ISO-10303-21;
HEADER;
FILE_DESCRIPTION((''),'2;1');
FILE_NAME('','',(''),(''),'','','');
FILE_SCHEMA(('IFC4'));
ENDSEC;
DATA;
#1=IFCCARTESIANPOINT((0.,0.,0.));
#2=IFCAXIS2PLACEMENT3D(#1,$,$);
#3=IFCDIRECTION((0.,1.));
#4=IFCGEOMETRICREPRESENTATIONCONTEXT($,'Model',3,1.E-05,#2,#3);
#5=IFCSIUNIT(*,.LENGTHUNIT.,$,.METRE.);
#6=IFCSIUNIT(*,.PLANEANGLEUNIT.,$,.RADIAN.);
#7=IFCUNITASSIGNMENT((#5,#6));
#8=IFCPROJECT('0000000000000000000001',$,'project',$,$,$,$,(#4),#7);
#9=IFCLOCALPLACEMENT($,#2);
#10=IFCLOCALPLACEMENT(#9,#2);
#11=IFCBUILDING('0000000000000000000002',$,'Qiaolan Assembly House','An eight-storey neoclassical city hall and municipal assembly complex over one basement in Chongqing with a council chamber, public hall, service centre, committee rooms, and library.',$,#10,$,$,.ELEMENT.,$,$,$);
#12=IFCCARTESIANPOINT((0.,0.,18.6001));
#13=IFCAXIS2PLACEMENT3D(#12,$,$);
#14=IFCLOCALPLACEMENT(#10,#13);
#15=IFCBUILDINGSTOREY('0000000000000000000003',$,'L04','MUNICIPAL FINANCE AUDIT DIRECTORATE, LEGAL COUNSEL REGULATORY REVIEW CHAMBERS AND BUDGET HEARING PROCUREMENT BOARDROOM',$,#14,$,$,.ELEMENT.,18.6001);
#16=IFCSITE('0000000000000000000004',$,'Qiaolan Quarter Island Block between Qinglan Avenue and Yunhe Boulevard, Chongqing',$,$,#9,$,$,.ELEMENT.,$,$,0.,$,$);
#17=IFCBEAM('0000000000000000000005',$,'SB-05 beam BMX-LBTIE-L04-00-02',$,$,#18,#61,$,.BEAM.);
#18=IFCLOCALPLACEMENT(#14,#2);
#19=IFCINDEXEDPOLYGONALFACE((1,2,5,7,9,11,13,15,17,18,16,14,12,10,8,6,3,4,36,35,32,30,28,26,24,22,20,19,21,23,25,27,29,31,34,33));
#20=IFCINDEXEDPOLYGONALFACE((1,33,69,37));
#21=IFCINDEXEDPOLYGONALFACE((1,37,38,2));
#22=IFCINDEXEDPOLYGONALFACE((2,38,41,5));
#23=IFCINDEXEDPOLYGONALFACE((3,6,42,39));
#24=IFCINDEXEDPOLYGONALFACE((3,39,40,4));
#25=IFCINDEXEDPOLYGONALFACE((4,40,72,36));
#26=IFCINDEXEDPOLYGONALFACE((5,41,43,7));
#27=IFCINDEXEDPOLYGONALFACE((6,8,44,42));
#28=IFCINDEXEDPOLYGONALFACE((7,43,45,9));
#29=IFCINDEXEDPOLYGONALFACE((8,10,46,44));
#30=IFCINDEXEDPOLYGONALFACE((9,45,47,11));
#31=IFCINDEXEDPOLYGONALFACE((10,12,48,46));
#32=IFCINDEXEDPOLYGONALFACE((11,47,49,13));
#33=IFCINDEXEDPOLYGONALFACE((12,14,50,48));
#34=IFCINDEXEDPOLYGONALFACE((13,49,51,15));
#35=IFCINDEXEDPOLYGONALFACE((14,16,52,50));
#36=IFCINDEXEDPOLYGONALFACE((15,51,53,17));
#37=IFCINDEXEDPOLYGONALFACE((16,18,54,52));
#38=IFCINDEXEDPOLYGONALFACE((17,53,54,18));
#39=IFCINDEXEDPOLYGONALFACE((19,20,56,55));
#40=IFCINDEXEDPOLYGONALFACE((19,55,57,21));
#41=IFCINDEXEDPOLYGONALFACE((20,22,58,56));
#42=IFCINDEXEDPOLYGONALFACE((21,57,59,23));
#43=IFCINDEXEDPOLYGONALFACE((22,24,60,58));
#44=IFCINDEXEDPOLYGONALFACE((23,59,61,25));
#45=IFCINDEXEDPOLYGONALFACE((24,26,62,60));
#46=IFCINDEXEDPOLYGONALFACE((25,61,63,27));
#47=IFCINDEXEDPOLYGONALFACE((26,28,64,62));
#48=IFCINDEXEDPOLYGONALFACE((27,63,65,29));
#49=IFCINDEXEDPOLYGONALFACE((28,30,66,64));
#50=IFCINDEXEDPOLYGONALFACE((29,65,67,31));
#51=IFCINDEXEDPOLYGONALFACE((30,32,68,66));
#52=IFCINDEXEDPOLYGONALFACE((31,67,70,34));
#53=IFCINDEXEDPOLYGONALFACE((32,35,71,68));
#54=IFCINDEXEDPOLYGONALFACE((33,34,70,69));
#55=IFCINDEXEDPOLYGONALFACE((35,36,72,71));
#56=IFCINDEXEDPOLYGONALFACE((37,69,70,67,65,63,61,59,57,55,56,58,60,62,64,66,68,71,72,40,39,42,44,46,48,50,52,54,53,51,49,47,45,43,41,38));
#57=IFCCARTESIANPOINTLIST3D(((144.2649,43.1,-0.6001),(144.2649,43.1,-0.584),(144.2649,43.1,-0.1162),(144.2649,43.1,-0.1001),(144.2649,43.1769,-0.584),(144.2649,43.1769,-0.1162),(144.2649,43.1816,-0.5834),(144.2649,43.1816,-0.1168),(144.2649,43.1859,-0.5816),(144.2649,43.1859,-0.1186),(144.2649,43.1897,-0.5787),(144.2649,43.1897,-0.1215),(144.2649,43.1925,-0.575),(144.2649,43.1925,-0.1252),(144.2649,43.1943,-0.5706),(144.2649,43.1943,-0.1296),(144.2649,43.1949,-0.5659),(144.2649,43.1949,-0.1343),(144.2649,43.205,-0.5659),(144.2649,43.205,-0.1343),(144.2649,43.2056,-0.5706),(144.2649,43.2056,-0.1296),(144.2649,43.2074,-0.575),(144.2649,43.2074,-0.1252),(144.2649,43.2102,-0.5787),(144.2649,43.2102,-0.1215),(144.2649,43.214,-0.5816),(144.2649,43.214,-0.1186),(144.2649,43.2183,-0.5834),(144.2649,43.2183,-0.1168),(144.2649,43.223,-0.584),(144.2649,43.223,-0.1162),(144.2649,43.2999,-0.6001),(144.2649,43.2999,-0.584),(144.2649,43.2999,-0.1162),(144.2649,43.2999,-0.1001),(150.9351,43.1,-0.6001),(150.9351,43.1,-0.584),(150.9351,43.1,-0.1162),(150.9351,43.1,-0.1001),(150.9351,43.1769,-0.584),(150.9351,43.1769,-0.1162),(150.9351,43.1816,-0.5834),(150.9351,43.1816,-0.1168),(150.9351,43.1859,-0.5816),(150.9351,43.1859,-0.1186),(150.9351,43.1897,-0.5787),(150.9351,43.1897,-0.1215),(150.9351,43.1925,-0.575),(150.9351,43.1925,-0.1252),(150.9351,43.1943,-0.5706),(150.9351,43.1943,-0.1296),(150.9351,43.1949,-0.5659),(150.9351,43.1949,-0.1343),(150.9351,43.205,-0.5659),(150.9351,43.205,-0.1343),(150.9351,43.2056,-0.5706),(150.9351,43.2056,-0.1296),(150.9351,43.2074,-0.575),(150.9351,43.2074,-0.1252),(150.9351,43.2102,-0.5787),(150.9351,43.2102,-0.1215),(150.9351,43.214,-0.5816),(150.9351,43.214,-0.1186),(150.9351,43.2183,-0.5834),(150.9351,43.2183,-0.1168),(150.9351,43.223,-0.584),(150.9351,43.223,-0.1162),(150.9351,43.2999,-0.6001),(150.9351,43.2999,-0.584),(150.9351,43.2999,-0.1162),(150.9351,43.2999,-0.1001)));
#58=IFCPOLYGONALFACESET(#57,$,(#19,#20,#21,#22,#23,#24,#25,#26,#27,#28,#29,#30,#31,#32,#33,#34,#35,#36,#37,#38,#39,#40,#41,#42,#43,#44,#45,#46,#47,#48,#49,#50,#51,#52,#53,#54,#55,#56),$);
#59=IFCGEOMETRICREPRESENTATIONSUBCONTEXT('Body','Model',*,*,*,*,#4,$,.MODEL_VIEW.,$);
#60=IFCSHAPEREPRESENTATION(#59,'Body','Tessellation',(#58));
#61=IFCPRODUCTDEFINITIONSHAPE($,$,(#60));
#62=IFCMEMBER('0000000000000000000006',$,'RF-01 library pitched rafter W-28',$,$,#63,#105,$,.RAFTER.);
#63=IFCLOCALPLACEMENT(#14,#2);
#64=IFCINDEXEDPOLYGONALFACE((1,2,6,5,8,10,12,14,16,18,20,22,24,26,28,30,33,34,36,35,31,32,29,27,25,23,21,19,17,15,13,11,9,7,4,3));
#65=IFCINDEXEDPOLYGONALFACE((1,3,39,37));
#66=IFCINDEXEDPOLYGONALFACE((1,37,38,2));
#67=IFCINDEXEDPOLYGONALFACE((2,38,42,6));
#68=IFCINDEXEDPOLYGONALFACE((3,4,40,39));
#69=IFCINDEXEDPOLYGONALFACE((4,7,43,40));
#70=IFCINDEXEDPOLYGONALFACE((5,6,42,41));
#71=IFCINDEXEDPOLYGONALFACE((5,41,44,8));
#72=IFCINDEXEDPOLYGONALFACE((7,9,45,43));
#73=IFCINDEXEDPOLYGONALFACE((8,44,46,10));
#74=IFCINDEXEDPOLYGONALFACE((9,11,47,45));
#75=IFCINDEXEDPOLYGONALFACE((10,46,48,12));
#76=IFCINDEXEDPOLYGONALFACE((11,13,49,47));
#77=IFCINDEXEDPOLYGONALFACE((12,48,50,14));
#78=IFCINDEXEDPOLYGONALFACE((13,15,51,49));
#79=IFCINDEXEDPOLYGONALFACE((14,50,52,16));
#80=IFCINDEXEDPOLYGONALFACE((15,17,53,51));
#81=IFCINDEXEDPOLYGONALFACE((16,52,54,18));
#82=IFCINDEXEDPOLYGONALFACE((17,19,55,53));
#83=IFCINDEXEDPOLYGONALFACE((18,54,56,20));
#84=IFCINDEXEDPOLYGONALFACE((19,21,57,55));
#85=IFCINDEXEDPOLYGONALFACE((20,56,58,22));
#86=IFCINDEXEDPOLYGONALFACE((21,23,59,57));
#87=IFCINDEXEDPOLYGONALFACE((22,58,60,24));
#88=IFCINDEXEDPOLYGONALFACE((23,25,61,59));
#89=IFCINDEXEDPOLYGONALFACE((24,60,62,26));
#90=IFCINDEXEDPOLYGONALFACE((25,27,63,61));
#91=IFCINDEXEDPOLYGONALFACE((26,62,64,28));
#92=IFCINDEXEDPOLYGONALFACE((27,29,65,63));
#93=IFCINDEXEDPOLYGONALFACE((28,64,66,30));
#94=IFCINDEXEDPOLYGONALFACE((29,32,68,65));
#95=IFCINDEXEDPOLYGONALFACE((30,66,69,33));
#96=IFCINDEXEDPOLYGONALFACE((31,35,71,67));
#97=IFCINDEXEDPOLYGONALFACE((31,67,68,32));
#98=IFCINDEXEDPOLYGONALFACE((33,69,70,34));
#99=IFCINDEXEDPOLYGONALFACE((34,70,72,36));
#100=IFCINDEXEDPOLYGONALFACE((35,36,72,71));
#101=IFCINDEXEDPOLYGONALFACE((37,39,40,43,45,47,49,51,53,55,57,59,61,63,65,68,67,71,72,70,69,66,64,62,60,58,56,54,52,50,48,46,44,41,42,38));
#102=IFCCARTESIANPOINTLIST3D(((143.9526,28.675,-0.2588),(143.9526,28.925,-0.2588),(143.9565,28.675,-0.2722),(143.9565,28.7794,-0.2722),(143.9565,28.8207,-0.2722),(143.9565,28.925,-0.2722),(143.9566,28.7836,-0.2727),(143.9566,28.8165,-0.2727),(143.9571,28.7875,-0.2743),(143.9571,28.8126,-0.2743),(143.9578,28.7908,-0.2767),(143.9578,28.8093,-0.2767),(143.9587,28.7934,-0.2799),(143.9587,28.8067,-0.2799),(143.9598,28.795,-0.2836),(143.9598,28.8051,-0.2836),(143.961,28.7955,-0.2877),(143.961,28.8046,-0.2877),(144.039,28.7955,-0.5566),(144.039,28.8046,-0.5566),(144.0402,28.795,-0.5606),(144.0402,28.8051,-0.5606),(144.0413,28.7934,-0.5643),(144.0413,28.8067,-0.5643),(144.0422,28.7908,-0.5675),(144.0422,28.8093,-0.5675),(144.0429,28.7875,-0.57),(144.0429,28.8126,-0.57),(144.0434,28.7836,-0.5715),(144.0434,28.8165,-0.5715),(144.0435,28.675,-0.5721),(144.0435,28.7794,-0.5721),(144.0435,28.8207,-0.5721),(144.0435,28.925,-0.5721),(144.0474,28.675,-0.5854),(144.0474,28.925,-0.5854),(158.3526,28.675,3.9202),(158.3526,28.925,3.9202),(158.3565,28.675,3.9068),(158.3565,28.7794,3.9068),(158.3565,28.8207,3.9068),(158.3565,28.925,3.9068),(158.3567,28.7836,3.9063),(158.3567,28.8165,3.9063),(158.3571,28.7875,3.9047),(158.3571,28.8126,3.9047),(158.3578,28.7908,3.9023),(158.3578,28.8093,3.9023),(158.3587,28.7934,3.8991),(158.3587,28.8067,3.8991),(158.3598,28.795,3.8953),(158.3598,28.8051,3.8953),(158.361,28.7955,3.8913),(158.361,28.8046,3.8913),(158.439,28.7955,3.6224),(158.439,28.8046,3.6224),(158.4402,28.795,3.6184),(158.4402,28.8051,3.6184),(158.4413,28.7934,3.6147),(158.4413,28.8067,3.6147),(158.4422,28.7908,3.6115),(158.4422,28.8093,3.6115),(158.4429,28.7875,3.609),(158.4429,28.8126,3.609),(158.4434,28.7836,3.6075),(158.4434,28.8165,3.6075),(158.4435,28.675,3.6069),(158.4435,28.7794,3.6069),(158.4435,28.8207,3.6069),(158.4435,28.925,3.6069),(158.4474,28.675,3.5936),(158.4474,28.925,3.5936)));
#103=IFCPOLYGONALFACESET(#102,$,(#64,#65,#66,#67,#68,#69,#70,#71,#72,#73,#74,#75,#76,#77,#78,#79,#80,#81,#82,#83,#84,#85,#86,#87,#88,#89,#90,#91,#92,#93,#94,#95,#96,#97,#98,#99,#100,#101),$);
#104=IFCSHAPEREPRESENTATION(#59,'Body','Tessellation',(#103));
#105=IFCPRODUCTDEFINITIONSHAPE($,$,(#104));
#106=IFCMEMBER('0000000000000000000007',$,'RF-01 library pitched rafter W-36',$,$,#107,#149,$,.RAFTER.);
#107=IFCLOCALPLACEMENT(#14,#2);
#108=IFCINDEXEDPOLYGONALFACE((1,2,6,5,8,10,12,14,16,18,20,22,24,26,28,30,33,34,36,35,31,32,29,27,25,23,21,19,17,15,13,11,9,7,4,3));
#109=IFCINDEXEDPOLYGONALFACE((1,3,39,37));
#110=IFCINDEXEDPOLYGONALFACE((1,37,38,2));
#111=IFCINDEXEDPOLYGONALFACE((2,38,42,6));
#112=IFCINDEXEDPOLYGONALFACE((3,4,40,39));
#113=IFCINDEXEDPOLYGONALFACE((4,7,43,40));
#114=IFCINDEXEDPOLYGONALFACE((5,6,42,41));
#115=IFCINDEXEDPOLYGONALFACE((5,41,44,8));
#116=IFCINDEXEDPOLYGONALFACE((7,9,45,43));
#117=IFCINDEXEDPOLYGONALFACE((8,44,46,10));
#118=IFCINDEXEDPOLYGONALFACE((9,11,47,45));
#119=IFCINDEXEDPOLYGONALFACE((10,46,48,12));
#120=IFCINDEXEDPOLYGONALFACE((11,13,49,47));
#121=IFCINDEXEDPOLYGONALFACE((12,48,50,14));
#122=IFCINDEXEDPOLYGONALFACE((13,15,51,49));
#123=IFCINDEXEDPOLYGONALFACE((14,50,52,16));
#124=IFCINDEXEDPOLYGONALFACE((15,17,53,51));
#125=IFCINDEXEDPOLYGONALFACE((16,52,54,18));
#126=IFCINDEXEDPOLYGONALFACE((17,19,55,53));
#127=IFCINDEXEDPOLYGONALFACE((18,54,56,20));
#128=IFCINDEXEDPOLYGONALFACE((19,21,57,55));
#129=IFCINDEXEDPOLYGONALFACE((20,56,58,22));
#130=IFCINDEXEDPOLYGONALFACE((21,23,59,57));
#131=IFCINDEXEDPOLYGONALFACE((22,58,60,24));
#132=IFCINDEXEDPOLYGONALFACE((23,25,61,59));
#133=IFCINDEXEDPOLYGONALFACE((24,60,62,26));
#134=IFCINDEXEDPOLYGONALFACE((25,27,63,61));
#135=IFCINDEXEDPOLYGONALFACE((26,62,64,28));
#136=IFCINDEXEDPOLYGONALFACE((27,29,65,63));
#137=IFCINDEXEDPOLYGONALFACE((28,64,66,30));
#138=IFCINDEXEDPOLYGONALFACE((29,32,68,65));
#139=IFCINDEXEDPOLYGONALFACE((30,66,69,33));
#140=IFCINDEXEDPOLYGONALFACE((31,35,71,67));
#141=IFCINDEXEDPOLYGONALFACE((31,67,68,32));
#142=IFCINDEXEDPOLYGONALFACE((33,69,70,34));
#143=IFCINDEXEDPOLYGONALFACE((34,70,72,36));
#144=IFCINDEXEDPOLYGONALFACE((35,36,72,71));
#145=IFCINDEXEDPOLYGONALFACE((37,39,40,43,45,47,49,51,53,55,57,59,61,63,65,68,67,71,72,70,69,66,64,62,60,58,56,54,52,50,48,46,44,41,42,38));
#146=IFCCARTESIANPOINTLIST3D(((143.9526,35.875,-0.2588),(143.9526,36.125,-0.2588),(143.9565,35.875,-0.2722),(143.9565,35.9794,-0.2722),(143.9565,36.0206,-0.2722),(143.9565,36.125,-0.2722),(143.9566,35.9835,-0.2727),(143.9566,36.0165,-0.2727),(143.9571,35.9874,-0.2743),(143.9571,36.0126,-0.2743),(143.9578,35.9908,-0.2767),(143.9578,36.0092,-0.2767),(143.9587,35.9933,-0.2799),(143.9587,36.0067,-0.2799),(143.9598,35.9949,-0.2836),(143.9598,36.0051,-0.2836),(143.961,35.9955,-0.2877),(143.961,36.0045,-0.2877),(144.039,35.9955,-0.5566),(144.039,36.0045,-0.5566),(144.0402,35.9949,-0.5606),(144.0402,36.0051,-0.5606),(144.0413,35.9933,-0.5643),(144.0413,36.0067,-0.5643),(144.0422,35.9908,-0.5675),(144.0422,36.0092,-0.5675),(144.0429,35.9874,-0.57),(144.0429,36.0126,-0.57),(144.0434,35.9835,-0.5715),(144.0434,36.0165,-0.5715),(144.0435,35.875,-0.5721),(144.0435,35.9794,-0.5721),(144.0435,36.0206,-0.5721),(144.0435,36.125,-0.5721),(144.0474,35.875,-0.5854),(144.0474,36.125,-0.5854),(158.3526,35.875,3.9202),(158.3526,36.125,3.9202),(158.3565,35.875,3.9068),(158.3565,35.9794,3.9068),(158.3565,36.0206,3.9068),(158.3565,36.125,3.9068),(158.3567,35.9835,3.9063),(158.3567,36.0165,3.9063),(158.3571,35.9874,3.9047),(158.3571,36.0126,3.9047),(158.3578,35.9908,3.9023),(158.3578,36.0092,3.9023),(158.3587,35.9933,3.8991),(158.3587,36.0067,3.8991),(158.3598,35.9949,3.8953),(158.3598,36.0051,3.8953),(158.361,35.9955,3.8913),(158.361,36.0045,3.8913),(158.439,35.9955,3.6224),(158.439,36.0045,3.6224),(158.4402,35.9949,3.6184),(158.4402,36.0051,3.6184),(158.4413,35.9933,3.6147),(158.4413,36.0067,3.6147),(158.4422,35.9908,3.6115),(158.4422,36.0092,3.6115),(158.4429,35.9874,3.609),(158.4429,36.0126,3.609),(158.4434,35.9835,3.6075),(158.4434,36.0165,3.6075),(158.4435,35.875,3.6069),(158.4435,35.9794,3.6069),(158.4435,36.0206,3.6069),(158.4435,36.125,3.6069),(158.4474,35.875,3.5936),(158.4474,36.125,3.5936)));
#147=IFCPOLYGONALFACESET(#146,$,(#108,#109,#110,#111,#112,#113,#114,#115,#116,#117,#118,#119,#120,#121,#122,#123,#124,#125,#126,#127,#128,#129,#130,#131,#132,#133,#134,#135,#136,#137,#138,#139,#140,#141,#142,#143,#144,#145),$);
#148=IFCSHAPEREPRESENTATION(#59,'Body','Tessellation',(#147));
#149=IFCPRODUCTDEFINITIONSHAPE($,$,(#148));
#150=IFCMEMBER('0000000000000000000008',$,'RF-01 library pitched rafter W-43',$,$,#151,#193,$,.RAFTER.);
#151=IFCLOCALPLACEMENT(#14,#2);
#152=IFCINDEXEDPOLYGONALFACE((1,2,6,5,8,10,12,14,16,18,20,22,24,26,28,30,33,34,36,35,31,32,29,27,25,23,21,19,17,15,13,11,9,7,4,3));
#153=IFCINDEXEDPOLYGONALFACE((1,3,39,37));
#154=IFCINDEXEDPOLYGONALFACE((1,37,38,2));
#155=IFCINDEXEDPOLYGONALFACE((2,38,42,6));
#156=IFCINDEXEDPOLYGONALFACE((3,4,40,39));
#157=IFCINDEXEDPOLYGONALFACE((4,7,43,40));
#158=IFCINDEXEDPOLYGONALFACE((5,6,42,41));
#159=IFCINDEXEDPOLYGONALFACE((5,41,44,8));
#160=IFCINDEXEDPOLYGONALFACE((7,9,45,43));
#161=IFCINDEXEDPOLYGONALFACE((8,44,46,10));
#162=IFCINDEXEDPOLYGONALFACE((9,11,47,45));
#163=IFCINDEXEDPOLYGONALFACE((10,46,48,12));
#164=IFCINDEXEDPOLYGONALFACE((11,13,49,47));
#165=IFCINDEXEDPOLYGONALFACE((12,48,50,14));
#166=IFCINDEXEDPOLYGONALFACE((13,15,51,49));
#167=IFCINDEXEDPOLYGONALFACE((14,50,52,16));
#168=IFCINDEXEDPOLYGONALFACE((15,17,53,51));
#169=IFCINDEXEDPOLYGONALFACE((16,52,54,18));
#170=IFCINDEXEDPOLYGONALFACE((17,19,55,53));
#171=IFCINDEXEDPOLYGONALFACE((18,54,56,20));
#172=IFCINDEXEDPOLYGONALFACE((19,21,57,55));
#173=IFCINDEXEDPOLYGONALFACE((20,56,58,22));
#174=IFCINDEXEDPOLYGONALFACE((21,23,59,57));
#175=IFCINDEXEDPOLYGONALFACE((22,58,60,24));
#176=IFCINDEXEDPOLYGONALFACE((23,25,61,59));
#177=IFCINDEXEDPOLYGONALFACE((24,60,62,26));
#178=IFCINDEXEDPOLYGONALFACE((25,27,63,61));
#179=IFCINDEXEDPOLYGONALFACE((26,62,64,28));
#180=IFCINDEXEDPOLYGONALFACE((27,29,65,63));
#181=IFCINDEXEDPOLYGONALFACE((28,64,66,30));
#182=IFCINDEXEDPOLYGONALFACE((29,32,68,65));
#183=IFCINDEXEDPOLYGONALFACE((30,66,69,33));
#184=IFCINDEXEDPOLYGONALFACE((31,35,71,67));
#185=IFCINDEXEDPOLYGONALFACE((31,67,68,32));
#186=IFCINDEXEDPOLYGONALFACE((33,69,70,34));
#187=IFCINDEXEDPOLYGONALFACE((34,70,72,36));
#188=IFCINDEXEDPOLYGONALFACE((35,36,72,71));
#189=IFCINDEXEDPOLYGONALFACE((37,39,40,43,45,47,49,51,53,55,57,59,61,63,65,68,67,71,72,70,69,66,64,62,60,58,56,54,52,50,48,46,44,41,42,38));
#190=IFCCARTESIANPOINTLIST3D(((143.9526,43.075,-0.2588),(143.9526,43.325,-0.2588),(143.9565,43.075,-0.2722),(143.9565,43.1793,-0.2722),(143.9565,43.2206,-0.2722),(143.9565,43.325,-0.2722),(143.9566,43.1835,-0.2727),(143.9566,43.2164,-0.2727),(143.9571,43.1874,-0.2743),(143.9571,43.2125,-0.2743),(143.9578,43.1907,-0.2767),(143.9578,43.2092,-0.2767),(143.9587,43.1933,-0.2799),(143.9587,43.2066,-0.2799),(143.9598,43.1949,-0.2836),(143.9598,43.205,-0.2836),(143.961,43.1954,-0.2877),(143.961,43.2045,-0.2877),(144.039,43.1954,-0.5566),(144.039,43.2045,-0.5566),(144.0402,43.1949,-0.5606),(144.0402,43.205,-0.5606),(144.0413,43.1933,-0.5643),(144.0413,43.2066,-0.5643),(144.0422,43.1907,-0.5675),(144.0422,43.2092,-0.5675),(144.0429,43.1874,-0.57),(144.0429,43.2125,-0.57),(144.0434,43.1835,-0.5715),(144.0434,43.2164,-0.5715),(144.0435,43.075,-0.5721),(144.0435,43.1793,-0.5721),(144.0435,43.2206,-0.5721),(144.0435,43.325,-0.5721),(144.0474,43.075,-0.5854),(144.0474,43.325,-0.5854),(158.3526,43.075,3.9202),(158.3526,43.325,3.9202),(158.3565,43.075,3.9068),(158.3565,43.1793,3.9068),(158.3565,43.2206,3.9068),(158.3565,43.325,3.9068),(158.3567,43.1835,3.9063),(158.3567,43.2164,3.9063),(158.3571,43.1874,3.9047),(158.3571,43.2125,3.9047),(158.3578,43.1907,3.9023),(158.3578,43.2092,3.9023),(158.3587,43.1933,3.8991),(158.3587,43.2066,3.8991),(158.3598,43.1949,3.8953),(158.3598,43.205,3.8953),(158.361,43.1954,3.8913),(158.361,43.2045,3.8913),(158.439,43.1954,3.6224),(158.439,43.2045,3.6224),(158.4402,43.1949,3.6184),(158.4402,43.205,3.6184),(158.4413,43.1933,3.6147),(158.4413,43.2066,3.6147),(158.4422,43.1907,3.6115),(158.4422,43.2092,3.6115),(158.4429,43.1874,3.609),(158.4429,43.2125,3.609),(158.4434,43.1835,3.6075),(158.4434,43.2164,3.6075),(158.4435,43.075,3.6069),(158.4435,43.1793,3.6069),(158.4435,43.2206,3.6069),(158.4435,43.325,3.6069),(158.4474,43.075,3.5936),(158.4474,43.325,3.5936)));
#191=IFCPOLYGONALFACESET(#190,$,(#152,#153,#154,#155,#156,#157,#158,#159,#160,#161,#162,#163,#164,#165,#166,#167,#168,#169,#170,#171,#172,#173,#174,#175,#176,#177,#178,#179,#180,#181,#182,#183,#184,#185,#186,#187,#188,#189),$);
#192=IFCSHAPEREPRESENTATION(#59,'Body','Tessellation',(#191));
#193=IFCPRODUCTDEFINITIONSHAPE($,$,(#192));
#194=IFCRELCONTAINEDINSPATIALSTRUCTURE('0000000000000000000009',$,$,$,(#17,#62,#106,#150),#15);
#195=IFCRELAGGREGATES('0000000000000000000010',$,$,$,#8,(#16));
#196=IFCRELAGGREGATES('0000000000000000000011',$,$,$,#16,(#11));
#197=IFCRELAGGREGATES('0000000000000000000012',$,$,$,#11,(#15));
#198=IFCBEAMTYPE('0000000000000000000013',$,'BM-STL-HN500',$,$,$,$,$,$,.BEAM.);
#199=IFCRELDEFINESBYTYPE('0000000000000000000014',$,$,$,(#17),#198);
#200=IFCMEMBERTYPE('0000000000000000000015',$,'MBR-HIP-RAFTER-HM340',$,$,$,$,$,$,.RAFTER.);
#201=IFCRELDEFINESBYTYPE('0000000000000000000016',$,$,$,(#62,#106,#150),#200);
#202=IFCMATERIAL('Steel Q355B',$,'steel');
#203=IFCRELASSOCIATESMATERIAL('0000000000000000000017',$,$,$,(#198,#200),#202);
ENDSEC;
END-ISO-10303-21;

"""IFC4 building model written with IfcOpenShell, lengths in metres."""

from ifc_helpers import new_model, si_unit, direction, frame, origin, origin_2d, place, context, subcontext, project, spatial, i_section, extrude, material, material_profile, profile_set, type_object, element, save


model = new_model("IFC4")

# Units and contexts
model_context = context("Model", 3, precision=1e-05, world=origin(), true_north=direction((0.0, 1.0)))
body_context = subcontext(model_context, "Body", "Model", "MODEL_VIEW")
ifc_project = project(units=[si_unit("LENGTHUNIT", "METRE"), si_unit("PLANEANGLEUNIT", "RADIAN")], contexts=[model_context])

# Site, building, storey
site_placement = place(None, origin())
site = spatial("IfcSite", under=ifc_project, at=site_placement, Name="Qiaolan Quarter Island Block between Qinglan Avenue and Yunhe Boulevard, Chongqing", CompositionType="ELEMENT", RefElevation=0.0)
building_placement = place(site_placement, origin())
building = spatial("IfcBuilding", under=site, at=building_placement, Name="Qiaolan Assembly House", Description="An eight-storey neoclassical city hall and municipal assembly complex over one basement in Chongqing with a council chamber, public hall, service centre, committee rooms, and library.", CompositionType="ELEMENT")
storey_placement = place(building_placement, frame((0.0, 0.0, 18.6001)))
storey = spatial("IfcBuildingStorey", under=building, at=storey_placement, Name="L04", Description="MUNICIPAL FINANCE AUDIT DIRECTORATE, LEGAL COUNSEL REGULATORY REVIEW CHAMBERS AND BUDGET HEARING PROCUREMENT BOARDROOM", CompositionType="ELEMENT", Elevation=18.6001)

# Beam
ifc_material_1 = material(Name="Steel Q355B", Category="steel")
ifc_material_profile_1 = material_profile(ifc_material_1, i_section(OverallWidth=0.2, OverallDepth=0.5, WebThickness=0.01, FlangeThickness=0.0161, FilletRadius=0.0181, at=origin_2d()), Name="HN 500x200x10x16")
ifc_profile_set_1 = profile_set([ifc_material_profile_1], Name="Steel Q355B")
beam_type_1 = type_object("IfcBeamType", Name="BM-STL-HN500", PredefinedType="BEAM", material=ifc_profile_set_1)
for number, where, z_axis, x_axis, name in (
    (1, (144.2649, 43.2, -0.3501), (1.0, 0.0, 0.0), (0.0, 1.0, 0.0), "SB-05 beam BMX-LBTIE-L04-00-02"),
):
    element("IfcBeam", number, at=place(storey_placement, frame(where, z_axis=z_axis, x_axis=x_axis)), inside=storey, type_object=beam_type_1, Name=name, PredefinedType="BEAM", context=body_context, shape_type="SweptSolid", body=[
        extrude(i_section(OverallWidth=0.2, OverallDepth=0.5, WebThickness=0.01, FlangeThickness=0.0161, FilletRadius=0.0181, at=origin_2d()), origin(), (0.0, 0.0, 1.0), 6.6702),
    ])

# Members
ifc_material_profile_2 = material_profile(ifc_material_1, i_section(OverallWidth=0.25, OverallDepth=0.3401, WebThickness=0.009, FlangeThickness=0.0139, FilletRadius=0.0161, at=origin_2d()), Name="HM 340x250x9x14-RF")
ifc_profile_set_2 = profile_set([ifc_material_profile_2], Name="Steel Q355B")
member_type = type_object("IfcMemberType", Name="MBR-HIP-RAFTER-HM340", PredefinedType="RAFTER", material=ifc_profile_set_2)
for number, where, z_axis, x_axis, name in (
    (2, (144.0, 28.8, -0.4221), (0.960376, 0.0, 0.278708), (0.0, 1.0, 0.0), "RF-01 library pitched rafter W-28"),
    (3, (144.0, 36.0, -0.4221), (0.960376, 0.0, 0.278708), (0.0, 1.0, 0.0), "RF-01 library pitched rafter W-36"),
    (4, (144.0, 43.2, -0.4221), (0.960376, 0.0, 0.278708), (0.0, 1.0, 0.0), "RF-01 library pitched rafter W-43"),
):
    element("IfcMember", number, at=place(storey_placement, frame(where, z_axis=z_axis, x_axis=x_axis)), inside=storey, type_object=member_type, Name=name, PredefinedType="RAFTER", context=body_context, shape_type="SweptSolid", body=[
        extrude(i_section(OverallWidth=0.25, OverallDepth=0.3401, WebThickness=0.009, FlangeThickness=0.0139, FilletRadius=0.0161, at=origin_2d()), origin(), (0.0, 0.0, 1.0), 14.9941),
    ])

save(model, "model.ifc")
